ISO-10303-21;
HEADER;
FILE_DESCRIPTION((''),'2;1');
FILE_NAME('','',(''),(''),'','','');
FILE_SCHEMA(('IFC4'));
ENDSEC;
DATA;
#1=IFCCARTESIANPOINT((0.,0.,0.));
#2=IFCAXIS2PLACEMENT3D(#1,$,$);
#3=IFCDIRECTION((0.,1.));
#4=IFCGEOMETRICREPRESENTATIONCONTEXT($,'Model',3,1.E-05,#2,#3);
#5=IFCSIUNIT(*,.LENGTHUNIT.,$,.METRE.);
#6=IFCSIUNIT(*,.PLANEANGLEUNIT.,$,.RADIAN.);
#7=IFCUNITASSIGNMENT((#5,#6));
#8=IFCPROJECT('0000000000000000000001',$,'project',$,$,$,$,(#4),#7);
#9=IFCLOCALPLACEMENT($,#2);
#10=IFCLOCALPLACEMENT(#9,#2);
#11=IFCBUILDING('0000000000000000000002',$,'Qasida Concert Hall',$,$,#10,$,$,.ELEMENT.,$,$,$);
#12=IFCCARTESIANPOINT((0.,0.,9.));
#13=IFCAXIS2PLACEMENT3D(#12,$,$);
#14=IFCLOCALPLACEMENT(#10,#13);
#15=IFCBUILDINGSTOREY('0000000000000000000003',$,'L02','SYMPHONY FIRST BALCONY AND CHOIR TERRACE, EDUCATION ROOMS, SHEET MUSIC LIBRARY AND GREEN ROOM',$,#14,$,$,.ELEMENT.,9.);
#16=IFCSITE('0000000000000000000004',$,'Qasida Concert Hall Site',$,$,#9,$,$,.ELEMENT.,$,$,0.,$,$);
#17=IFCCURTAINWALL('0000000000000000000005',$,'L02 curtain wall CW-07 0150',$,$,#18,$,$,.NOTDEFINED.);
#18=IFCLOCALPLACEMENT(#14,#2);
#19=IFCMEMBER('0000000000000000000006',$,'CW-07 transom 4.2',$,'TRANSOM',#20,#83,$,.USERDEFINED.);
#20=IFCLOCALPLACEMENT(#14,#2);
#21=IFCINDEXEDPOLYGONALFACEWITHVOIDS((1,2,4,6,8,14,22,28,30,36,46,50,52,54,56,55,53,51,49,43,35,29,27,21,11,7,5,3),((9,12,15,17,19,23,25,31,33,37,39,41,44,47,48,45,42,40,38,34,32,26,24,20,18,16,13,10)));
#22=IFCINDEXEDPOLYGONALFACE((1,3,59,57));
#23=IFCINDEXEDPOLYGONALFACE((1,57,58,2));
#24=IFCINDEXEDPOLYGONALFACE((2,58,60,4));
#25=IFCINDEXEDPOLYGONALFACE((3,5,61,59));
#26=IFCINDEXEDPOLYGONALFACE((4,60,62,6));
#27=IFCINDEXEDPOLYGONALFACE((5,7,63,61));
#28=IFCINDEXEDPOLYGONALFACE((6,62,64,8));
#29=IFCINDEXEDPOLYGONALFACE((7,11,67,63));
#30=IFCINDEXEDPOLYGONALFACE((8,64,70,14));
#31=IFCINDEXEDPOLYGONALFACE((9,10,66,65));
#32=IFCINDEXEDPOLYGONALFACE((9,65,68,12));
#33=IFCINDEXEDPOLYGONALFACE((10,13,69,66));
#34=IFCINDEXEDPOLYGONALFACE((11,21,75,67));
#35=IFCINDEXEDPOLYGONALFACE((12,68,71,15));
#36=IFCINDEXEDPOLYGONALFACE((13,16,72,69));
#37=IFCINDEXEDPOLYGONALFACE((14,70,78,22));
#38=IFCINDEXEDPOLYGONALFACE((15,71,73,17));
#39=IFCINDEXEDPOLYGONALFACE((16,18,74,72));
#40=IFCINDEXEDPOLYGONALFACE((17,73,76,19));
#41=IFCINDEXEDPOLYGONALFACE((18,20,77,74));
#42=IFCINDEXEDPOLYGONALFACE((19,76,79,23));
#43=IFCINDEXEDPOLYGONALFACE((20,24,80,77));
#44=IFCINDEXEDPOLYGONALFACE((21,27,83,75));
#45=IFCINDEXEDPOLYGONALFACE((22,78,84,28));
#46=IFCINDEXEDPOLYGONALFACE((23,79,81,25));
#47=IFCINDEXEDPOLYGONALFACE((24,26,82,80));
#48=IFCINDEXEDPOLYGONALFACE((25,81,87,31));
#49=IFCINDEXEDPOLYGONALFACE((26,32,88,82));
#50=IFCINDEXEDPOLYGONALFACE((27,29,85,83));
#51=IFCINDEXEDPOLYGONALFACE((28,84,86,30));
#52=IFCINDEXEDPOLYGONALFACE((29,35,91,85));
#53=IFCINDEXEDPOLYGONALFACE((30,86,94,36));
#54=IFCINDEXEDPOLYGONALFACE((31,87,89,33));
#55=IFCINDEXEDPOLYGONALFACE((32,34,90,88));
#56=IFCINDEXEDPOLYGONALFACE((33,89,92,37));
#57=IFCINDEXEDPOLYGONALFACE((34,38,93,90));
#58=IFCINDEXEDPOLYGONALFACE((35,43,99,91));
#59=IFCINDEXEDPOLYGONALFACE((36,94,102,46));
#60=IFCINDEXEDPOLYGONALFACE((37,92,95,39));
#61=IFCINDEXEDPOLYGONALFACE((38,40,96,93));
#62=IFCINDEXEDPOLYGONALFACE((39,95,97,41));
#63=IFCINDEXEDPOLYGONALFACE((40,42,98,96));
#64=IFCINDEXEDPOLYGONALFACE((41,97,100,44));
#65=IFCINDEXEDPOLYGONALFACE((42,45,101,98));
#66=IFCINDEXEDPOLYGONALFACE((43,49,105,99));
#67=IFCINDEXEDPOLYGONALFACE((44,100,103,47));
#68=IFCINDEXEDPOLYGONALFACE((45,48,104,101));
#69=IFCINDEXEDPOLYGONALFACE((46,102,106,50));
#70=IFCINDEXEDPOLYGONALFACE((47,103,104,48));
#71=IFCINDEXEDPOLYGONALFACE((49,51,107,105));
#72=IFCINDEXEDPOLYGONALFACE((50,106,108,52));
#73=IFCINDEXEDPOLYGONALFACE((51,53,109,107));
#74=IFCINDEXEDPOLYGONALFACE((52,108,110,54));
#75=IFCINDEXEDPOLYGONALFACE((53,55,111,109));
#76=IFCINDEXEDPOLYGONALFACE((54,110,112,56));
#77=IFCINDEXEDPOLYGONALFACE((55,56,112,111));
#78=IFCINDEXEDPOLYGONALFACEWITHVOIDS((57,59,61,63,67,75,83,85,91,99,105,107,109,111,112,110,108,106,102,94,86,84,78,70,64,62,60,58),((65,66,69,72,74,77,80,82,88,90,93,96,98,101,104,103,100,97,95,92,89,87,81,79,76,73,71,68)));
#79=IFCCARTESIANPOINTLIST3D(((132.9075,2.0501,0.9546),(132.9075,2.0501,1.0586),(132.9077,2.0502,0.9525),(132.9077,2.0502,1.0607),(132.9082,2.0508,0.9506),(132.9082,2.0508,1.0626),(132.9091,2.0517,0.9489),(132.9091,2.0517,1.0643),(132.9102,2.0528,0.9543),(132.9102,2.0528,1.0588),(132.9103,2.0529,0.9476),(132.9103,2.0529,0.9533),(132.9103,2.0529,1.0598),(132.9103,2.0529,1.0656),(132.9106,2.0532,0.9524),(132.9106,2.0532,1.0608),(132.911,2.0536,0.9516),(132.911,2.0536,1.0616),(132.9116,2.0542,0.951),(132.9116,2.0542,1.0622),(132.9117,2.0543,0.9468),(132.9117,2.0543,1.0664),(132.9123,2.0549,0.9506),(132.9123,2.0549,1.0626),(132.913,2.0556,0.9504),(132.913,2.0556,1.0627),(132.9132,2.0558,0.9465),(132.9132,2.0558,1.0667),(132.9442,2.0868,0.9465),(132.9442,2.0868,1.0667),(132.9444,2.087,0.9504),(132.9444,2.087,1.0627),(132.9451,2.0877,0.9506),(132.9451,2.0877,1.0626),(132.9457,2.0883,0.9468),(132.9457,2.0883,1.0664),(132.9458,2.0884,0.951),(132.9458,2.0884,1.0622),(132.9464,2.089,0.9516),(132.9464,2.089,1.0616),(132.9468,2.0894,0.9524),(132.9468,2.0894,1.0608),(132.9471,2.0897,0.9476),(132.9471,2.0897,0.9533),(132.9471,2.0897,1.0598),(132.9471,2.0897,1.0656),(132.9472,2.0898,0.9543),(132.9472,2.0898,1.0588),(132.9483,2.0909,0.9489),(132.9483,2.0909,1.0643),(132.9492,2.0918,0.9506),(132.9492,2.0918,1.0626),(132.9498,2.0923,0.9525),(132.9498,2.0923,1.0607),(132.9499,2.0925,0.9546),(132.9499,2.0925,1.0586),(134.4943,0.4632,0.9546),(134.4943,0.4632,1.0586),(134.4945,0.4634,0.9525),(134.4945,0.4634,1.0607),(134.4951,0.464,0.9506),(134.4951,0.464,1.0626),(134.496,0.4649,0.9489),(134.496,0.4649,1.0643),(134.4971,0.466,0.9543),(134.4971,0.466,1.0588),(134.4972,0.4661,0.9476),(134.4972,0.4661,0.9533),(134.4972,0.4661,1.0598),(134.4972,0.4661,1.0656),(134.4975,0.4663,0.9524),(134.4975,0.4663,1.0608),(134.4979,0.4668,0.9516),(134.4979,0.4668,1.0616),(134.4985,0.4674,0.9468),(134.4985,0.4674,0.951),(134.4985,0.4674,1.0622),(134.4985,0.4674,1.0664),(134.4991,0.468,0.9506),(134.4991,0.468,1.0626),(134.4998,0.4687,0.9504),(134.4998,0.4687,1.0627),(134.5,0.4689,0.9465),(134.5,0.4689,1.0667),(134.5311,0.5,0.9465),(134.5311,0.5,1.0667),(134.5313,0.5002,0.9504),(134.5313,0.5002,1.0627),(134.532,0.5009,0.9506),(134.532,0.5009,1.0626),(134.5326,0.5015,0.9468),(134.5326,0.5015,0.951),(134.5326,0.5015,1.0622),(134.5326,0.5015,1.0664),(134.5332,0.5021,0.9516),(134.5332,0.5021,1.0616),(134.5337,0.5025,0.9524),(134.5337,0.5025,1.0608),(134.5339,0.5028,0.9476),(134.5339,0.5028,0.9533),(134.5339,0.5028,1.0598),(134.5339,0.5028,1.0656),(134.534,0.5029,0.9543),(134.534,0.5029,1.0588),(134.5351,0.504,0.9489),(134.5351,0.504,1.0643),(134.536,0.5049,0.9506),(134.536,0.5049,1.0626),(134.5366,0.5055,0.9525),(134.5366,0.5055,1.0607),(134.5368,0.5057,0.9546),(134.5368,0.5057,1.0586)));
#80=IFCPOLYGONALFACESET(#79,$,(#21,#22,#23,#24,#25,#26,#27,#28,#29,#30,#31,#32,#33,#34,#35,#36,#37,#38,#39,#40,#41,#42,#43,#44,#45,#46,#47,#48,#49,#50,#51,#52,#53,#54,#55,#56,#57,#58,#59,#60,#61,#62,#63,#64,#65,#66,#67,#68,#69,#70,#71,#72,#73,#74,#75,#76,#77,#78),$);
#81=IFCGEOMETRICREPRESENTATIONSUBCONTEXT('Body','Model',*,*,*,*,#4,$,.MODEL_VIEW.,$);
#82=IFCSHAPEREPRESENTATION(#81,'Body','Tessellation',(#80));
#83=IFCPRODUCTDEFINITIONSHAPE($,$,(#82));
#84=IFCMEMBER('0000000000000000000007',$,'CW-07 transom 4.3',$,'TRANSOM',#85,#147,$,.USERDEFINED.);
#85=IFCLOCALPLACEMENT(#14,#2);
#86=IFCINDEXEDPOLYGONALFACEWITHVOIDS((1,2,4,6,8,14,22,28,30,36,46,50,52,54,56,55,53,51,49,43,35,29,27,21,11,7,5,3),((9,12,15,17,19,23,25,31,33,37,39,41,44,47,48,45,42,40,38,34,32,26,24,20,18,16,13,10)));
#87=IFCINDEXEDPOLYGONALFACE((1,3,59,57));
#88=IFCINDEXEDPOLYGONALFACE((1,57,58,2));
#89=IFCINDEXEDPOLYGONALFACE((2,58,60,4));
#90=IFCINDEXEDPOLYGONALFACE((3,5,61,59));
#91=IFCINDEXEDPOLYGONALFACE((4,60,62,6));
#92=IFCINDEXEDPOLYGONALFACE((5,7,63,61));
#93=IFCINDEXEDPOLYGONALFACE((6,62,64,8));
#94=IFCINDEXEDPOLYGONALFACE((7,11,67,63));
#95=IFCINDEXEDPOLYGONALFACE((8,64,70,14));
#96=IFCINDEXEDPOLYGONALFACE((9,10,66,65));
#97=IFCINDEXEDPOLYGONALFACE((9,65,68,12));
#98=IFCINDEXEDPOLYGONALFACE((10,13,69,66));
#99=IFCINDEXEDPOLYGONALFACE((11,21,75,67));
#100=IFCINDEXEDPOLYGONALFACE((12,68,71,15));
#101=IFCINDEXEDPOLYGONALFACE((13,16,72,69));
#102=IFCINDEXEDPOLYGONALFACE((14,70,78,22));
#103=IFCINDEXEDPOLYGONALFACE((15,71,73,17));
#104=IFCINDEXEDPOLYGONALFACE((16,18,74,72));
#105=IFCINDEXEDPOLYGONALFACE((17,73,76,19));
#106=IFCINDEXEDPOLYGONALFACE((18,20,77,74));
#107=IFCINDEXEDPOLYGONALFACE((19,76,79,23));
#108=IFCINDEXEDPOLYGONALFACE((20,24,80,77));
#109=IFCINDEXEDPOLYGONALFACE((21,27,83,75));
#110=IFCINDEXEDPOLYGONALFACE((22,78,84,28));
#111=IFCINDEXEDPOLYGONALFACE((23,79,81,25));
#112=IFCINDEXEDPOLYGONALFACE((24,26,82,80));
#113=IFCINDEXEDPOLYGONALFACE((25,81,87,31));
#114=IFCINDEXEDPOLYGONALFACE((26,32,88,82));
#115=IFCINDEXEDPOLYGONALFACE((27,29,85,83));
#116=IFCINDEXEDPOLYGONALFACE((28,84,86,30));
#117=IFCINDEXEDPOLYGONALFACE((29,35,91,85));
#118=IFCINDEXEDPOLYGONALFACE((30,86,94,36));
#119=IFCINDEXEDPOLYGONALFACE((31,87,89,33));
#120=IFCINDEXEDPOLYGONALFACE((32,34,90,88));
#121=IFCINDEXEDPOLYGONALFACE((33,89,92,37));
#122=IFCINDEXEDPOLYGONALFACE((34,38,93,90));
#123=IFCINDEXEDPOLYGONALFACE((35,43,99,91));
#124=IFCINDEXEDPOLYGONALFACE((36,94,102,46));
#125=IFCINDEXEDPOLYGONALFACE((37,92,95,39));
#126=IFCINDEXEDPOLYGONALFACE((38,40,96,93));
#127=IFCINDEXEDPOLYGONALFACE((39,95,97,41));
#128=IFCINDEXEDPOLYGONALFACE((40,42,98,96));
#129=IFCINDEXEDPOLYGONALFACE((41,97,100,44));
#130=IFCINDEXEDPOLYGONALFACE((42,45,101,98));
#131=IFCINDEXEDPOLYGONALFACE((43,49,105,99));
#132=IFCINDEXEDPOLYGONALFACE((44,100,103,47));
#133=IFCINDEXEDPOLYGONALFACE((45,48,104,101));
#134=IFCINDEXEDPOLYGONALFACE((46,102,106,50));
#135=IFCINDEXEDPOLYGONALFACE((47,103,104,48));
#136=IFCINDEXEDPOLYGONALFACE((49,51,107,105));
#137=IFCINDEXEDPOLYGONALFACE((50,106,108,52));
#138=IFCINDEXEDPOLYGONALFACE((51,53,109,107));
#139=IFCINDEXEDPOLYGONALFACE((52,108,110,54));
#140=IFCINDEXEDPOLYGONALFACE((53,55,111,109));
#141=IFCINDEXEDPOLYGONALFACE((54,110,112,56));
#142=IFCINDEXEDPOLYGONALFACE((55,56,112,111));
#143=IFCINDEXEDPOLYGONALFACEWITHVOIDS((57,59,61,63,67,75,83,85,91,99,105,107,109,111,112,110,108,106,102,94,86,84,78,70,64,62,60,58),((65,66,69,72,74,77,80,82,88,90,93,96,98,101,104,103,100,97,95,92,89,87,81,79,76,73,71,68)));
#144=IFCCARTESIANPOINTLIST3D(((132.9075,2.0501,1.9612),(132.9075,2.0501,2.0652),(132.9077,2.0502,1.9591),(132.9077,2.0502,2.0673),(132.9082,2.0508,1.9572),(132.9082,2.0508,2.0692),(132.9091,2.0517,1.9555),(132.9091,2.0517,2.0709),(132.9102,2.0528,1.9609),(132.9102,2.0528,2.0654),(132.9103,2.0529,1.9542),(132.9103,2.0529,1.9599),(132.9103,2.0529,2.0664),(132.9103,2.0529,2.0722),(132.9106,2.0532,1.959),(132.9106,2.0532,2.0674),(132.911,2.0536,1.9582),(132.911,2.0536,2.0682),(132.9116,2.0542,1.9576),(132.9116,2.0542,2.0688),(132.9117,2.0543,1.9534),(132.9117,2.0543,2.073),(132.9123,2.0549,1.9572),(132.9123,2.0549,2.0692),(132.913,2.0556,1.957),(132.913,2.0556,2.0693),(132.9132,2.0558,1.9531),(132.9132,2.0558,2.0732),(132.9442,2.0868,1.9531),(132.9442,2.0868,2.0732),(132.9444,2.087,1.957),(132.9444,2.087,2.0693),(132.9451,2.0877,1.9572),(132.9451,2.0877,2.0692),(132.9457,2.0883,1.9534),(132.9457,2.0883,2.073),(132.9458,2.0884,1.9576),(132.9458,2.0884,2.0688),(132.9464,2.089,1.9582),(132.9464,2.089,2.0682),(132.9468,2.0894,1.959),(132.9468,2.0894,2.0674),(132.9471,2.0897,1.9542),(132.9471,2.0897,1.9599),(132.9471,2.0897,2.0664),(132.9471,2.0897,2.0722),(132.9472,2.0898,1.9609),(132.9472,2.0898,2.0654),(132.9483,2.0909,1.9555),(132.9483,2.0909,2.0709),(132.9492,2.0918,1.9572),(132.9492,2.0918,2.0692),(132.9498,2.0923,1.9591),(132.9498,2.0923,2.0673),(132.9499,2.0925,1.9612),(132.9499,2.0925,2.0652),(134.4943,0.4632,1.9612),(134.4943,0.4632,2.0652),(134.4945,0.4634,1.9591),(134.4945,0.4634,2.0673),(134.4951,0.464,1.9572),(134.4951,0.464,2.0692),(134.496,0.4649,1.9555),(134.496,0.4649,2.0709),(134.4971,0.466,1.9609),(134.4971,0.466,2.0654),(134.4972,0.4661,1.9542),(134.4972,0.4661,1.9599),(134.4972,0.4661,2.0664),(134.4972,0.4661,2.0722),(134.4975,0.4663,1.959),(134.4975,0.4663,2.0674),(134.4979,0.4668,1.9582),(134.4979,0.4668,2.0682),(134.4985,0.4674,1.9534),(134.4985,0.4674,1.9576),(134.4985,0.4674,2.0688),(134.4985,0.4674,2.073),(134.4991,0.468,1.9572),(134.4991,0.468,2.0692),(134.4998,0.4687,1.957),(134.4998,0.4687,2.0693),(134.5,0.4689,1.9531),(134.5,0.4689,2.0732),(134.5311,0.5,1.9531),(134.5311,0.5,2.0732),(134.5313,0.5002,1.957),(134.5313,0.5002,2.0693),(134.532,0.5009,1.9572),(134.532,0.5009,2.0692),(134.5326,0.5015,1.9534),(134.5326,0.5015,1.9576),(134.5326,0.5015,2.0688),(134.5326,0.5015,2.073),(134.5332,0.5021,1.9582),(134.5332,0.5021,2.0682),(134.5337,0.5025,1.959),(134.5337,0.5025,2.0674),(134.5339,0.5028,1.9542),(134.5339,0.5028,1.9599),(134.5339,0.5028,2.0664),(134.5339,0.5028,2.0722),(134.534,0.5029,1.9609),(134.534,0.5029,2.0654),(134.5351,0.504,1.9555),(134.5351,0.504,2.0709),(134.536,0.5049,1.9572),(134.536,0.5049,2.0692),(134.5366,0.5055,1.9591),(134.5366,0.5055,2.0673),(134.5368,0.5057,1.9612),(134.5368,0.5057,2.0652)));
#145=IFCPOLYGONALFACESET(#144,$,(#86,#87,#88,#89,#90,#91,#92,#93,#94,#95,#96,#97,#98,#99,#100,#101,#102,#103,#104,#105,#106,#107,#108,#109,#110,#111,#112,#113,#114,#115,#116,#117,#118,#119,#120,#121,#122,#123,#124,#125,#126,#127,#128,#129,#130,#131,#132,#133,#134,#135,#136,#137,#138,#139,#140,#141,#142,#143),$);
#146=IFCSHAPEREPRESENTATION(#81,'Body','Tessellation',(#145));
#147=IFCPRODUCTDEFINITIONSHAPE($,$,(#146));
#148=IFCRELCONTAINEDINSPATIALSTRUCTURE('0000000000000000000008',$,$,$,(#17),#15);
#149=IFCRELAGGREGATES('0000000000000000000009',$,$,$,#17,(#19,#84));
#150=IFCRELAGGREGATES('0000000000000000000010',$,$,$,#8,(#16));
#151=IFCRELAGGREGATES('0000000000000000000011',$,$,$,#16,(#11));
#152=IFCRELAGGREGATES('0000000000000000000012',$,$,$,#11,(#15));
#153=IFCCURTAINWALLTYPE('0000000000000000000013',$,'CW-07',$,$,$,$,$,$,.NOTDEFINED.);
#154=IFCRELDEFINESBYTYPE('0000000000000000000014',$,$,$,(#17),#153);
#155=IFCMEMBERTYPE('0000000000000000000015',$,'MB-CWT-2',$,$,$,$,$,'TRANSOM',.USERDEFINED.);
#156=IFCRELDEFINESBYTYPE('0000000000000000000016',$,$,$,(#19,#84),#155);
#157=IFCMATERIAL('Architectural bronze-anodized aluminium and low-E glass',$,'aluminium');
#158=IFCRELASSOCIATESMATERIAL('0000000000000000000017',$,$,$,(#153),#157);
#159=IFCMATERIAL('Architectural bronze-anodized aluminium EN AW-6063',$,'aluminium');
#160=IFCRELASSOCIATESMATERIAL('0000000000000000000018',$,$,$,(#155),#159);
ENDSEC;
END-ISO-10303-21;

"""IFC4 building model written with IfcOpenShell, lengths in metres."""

from ifc_helpers import new_model, si_unit, direction, frame, origin, origin_2d, place, context, subcontext, project, spatial, hollow_rectangle, extrude, material, material_profile, profile_set, type_object, element, aggregate, save


model = new_model("IFC4")

# Units and contexts
model_context = context("Model", 3, precision=1e-05, world=origin(), true_north=direction((0.0, 1.0)))
body_context = subcontext(model_context, "Body", "Model", "MODEL_VIEW")
ifc_project = project(units=[si_unit("LENGTHUNIT", "METRE"), si_unit("PLANEANGLEUNIT", "RADIAN")], contexts=[model_context])

# Site, building, storey
site_placement = place(None, origin())
site = spatial("IfcSite", under=ifc_project, at=site_placement, Name="Qasida Concert Hall Site", CompositionType="ELEMENT", RefElevation=0.0)
building_placement = place(site_placement, origin())
building = spatial("IfcBuilding", under=site, at=building_placement, Name="Qasida Concert Hall", CompositionType="ELEMENT")
storey_placement = place(building_placement, frame((0.0, 0.0, 9.0)))
storey = spatial("IfcBuildingStorey", under=building, at=storey_placement, Name="L02", Description="SYMPHONY FIRST BALCONY AND CHOIR TERRACE, EDUCATION ROOMS, SHEET MUSIC LIBRARY AND GREEN ROOM", CompositionType="ELEMENT", Elevation=9.0)

# Curtain wall, members
ifc_material_1 = material(Name="Architectural bronze-anodized aluminium and low-E glass", Category="aluminium")
curtain_wall_type = type_object("IfcCurtainWallType", Name="CW-07", PredefinedType="NOTDEFINED", material=ifc_material_1)
curtain_wall_placement = place(storey_placement, origin())
curtain_wall = element("IfcCurtainWall", 1, at=curtain_wall_placement, inside=storey, type_object=curtain_wall_type, Name="L02 curtain wall CW-07 0150", PredefinedType="NOTDEFINED")
ifc_material_2 = material(Name="Architectural bronze-anodized aluminium EN AW-6063", Category="aluminium")
ifc_material_profile_1 = material_profile(ifc_material_2, hollow_rectangle(XDim=0.0601, YDim=0.1201, WallThickness=0.0039, InnerFilletRadius=0.0039, OuterFilletRadius=0.0081, at=origin_2d()), Name="CWT 120x60x4")
ifc_profile_set_1 = profile_set([ifc_material_profile_1], Name="Architectural bronze-anodized aluminium EN AW-6063")
member_type_1 = type_object("IfcMemberType", Name="MB-CWT-2", ElementType="TRANSOM", PredefinedType="USERDEFINED", material=ifc_profile_set_1)
member_1_placement = place(storey_placement, frame((132.9287, 2.0713, 1.0066), z_axis=(0.707107, -0.707107, 0.0), x_axis=(0.707107, 0.707107, 0.0)))
member_1 = element("IfcMember", 2, at=member_1_placement, type_object=member_type_1, Name="CW-07 transom 4.2", ObjectType="TRANSOM", PredefinedType="USERDEFINED", context=body_context, shape_type="SweptSolid", body=[
    extrude(hollow_rectangle(XDim=0.0601, YDim=0.1201, WallThickness=0.0039, InnerFilletRadius=0.0039, OuterFilletRadius=0.0081, at=origin_2d()), origin(), (0.0, 0.0, 1.0), 2.2441),
])
member_2_placement = place(storey_placement, frame((132.9287, 2.0713, 2.0132), z_axis=(0.707107, -0.707107, 0.0), x_axis=(0.707107, 0.707107, 0.0)))
member_2 = element("IfcMember", 3, at=member_2_placement, type_object=member_type_1, Name="CW-07 transom 4.3", ObjectType="TRANSOM", PredefinedType="USERDEFINED", context=body_context, shape_type="SweptSolid", body=[
    extrude(hollow_rectangle(XDim=0.0601, YDim=0.1201, WallThickness=0.0039, InnerFilletRadius=0.0039, OuterFilletRadius=0.0081, at=origin_2d()), origin(), (0.0, 0.0, 1.0), 2.2441),
])
aggregate(curtain_wall, [member_1, member_2])

save(model, "model.ifc")
